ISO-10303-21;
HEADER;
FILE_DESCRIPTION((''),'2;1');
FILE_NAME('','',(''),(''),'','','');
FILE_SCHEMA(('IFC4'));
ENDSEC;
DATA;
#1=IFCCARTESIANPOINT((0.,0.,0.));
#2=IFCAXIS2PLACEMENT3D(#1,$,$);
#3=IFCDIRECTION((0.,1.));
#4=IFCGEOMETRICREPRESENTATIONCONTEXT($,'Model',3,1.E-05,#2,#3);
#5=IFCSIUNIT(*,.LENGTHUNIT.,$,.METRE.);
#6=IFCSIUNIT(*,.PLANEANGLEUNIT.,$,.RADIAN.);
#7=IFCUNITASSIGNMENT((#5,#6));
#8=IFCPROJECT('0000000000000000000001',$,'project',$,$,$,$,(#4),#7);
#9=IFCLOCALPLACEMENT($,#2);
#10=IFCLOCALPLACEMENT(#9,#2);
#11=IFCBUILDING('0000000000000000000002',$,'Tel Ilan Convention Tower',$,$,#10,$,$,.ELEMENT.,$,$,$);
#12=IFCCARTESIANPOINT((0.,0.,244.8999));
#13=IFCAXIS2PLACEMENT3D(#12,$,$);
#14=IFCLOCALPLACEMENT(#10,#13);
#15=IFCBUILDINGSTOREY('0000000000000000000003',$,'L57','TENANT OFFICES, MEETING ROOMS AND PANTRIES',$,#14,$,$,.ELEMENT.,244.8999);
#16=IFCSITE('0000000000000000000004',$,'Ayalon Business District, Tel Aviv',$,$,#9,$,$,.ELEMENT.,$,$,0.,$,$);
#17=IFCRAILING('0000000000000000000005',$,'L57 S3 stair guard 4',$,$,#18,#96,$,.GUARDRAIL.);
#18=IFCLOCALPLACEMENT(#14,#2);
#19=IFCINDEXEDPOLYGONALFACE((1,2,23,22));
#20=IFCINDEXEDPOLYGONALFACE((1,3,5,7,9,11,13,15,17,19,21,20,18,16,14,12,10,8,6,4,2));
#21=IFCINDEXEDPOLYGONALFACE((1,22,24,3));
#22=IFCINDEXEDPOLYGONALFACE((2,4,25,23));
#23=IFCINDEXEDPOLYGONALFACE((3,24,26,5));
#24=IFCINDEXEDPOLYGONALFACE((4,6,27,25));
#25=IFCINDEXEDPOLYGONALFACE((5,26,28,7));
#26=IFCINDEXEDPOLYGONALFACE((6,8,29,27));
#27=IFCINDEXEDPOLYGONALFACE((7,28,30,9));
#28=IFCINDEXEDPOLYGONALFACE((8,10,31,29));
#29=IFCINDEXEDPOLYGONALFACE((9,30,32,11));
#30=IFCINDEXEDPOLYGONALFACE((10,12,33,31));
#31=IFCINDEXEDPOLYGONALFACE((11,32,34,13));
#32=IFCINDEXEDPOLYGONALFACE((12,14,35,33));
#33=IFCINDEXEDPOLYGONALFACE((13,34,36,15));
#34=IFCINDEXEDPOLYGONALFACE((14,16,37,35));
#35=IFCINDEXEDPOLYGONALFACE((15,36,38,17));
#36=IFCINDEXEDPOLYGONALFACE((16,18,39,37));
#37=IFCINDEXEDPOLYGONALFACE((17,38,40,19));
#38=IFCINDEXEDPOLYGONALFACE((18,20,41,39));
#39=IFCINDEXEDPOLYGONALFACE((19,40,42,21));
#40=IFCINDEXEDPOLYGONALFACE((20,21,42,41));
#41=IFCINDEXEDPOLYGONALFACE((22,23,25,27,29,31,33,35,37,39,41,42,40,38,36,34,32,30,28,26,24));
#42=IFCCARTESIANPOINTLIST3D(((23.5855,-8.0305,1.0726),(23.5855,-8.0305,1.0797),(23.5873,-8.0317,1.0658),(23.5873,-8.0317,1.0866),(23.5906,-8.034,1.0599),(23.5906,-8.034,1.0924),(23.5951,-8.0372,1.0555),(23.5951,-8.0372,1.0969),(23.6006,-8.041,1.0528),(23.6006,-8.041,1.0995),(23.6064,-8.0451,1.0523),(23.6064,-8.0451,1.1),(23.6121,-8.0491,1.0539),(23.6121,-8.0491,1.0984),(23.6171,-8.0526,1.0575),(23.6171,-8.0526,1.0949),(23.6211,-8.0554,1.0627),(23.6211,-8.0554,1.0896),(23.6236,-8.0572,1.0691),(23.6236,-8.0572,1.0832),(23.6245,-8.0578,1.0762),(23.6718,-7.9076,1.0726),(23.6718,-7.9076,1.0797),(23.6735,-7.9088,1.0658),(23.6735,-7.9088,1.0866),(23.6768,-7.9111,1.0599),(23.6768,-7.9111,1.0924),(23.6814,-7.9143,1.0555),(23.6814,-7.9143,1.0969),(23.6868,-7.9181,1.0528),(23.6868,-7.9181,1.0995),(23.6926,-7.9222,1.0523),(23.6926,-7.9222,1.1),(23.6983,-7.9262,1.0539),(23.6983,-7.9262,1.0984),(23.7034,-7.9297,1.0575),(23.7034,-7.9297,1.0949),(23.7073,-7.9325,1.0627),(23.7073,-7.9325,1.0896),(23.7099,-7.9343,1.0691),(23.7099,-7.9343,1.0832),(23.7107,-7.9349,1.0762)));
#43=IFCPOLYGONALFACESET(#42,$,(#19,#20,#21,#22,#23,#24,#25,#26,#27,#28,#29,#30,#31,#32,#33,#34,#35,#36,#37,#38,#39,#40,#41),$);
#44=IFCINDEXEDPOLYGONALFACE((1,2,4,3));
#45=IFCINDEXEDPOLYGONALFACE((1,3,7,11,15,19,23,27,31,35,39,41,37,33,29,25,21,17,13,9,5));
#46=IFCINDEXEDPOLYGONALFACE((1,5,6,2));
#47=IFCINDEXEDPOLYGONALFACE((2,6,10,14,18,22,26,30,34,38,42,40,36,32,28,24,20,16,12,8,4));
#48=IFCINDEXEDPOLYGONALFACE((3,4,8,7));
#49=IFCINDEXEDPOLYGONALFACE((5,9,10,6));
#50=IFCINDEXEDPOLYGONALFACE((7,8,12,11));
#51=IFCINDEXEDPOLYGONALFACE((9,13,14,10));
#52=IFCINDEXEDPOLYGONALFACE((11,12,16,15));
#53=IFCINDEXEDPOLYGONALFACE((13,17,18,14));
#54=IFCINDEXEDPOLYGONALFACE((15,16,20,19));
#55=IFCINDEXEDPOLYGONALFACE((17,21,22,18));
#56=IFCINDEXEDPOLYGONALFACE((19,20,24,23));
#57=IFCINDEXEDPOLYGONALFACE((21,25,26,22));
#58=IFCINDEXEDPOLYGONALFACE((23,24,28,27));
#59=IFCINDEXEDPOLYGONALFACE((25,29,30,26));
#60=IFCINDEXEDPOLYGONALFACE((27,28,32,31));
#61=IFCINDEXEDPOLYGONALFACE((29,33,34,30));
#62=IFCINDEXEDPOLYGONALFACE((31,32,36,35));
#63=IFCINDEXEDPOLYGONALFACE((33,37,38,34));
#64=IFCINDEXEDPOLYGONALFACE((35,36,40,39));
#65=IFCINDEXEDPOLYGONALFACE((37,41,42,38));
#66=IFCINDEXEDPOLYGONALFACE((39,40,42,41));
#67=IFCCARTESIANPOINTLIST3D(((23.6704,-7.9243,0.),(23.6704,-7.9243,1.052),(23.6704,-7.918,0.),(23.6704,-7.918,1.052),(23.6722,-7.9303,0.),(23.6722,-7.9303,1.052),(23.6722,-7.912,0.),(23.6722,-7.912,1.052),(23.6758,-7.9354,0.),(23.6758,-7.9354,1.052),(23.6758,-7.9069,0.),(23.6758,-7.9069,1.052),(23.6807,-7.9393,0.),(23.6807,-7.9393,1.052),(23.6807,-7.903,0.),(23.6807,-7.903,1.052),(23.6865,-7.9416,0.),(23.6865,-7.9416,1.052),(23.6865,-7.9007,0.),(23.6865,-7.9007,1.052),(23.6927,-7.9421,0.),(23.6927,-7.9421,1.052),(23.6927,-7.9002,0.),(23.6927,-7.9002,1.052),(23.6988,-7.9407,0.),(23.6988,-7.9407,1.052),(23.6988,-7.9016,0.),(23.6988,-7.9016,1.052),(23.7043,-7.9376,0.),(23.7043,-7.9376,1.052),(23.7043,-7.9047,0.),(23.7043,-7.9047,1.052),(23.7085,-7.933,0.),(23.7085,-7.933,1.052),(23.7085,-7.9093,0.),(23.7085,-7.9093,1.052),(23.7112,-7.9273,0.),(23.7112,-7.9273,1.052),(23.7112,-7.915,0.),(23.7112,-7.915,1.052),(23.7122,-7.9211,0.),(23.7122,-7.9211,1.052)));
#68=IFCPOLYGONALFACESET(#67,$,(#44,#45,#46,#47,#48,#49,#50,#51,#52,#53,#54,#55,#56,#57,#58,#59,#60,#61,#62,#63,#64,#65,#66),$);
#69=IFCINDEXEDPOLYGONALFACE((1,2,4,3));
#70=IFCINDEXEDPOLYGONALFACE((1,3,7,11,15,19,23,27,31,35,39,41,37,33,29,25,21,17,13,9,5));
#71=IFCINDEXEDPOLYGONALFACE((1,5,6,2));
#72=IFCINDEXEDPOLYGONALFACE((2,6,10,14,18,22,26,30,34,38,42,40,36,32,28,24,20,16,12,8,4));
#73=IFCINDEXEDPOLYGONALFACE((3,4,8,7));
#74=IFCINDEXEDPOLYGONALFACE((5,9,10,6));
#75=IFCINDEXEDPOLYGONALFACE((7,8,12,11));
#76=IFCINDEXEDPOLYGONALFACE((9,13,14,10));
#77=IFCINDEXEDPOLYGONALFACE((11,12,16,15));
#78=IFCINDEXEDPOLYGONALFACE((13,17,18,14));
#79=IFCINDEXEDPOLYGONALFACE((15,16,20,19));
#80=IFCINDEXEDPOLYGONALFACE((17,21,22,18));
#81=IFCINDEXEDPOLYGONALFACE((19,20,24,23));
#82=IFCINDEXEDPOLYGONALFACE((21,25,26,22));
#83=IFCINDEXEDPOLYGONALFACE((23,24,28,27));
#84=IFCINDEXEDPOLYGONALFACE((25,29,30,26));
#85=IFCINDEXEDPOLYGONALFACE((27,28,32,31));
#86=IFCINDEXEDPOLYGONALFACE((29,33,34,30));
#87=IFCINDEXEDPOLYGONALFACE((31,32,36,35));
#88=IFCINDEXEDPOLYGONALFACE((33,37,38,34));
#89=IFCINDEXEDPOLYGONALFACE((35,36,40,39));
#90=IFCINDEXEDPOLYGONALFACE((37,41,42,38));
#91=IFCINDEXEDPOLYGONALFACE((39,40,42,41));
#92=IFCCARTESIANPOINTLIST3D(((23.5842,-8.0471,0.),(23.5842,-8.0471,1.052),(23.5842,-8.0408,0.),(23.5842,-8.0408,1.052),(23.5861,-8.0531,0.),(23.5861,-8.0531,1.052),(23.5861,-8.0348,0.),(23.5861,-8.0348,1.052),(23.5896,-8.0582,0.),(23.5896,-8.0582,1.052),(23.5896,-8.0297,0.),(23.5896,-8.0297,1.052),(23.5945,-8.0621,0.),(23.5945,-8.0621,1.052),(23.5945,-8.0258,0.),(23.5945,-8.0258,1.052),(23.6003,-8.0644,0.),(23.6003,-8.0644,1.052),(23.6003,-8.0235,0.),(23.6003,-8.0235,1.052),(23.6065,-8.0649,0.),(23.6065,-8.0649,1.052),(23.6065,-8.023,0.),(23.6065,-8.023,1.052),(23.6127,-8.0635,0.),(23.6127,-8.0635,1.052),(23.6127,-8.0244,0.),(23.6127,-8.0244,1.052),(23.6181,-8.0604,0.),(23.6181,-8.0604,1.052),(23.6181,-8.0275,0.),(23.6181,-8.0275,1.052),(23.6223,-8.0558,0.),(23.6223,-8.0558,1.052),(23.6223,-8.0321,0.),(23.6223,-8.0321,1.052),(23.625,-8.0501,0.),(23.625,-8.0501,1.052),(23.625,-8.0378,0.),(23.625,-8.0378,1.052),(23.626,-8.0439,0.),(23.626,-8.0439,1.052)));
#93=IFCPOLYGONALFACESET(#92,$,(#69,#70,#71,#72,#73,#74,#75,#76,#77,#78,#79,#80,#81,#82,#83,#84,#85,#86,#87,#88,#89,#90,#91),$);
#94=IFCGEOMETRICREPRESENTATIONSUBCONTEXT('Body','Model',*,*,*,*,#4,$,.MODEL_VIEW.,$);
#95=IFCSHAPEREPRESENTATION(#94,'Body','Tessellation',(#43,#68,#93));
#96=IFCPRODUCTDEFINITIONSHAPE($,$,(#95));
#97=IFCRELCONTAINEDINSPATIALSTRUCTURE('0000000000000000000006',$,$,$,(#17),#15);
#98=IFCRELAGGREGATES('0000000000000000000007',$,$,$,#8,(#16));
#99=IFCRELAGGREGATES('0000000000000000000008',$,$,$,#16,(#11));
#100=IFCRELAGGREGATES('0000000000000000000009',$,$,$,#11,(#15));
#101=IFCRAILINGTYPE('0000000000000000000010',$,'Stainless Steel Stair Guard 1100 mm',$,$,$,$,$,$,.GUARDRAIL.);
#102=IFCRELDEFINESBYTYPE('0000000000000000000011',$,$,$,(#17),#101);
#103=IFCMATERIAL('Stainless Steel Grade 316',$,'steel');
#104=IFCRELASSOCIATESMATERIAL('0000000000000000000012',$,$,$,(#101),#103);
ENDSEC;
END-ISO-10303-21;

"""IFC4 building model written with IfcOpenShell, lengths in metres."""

from ifc_helpers import new_model, si_unit, direction, frame, origin, origin_2d, place, context, subcontext, project, spatial, circle, extrude, material, type_object, element, save


model = new_model("IFC4")

# Units and contexts
model_context = context("Model", 3, precision=1e-05, world=origin(), true_north=direction((0.0, 1.0)))
body_context = subcontext(model_context, "Body", "Model", "MODEL_VIEW")
ifc_project = project(units=[si_unit("LENGTHUNIT", "METRE"), si_unit("PLANEANGLEUNIT", "RADIAN")], contexts=[model_context])

# Site, building, storey
site_placement = place(None, origin())
site = spatial("IfcSite", under=ifc_project, at=site_placement, Name="Ayalon Business District, Tel Aviv", CompositionType="ELEMENT", RefElevation=0.0)
building_placement = place(site_placement, origin())
building = spatial("IfcBuilding", under=site, at=building_placement, Name="Tel Ilan Convention Tower", CompositionType="ELEMENT")
storey_placement = place(building_placement, frame((0.0, 0.0, 244.8999)))
storey = spatial("IfcBuildingStorey", under=building, at=storey_placement, Name="L57", Description="TENANT OFFICES, MEETING ROOMS AND PANTRIES", CompositionType="ELEMENT", Elevation=244.8999)

# Railing
ifc_material_1 = material(Name="Stainless Steel Grade 316", Category="steel")
railing_type_1 = type_object("IfcRailingType", Name="Stainless Steel Stair Guard 1100 mm", PredefinedType="GUARDRAIL", material=ifc_material_1)
railing_1_placement = place(storey_placement, frame((23.6912, -7.9211, 0.0)))
element("IfcRailing", 1, at=railing_1_placement, inside=storey, type_object=railing_type_1, Name="L57 S3 stair guard 4", PredefinedType="GUARDRAIL", context=body_context, shape_type="SweptSolid", body=[
    extrude(circle(Radius=0.0239, at=origin_2d()), frame((0.0, 0.0, 1.0762), z_axis=(-0.574445, -0.818543, 0.0), x_axis=(0.818543, -0.574445, 0.0)), (0.0, 0.0, 1.0), 0.1501),
    extrude(circle(Radius=0.021, at=origin_2d()), origin(), (0.0, 0.0, 1.0), 1.052),
    extrude(circle(Radius=0.021, at=origin_2d()), frame((-0.0862, -0.1228, 0.0)), (0.0, 0.0, 1.0), 1.052),
])

save(model, "model.ifc")
